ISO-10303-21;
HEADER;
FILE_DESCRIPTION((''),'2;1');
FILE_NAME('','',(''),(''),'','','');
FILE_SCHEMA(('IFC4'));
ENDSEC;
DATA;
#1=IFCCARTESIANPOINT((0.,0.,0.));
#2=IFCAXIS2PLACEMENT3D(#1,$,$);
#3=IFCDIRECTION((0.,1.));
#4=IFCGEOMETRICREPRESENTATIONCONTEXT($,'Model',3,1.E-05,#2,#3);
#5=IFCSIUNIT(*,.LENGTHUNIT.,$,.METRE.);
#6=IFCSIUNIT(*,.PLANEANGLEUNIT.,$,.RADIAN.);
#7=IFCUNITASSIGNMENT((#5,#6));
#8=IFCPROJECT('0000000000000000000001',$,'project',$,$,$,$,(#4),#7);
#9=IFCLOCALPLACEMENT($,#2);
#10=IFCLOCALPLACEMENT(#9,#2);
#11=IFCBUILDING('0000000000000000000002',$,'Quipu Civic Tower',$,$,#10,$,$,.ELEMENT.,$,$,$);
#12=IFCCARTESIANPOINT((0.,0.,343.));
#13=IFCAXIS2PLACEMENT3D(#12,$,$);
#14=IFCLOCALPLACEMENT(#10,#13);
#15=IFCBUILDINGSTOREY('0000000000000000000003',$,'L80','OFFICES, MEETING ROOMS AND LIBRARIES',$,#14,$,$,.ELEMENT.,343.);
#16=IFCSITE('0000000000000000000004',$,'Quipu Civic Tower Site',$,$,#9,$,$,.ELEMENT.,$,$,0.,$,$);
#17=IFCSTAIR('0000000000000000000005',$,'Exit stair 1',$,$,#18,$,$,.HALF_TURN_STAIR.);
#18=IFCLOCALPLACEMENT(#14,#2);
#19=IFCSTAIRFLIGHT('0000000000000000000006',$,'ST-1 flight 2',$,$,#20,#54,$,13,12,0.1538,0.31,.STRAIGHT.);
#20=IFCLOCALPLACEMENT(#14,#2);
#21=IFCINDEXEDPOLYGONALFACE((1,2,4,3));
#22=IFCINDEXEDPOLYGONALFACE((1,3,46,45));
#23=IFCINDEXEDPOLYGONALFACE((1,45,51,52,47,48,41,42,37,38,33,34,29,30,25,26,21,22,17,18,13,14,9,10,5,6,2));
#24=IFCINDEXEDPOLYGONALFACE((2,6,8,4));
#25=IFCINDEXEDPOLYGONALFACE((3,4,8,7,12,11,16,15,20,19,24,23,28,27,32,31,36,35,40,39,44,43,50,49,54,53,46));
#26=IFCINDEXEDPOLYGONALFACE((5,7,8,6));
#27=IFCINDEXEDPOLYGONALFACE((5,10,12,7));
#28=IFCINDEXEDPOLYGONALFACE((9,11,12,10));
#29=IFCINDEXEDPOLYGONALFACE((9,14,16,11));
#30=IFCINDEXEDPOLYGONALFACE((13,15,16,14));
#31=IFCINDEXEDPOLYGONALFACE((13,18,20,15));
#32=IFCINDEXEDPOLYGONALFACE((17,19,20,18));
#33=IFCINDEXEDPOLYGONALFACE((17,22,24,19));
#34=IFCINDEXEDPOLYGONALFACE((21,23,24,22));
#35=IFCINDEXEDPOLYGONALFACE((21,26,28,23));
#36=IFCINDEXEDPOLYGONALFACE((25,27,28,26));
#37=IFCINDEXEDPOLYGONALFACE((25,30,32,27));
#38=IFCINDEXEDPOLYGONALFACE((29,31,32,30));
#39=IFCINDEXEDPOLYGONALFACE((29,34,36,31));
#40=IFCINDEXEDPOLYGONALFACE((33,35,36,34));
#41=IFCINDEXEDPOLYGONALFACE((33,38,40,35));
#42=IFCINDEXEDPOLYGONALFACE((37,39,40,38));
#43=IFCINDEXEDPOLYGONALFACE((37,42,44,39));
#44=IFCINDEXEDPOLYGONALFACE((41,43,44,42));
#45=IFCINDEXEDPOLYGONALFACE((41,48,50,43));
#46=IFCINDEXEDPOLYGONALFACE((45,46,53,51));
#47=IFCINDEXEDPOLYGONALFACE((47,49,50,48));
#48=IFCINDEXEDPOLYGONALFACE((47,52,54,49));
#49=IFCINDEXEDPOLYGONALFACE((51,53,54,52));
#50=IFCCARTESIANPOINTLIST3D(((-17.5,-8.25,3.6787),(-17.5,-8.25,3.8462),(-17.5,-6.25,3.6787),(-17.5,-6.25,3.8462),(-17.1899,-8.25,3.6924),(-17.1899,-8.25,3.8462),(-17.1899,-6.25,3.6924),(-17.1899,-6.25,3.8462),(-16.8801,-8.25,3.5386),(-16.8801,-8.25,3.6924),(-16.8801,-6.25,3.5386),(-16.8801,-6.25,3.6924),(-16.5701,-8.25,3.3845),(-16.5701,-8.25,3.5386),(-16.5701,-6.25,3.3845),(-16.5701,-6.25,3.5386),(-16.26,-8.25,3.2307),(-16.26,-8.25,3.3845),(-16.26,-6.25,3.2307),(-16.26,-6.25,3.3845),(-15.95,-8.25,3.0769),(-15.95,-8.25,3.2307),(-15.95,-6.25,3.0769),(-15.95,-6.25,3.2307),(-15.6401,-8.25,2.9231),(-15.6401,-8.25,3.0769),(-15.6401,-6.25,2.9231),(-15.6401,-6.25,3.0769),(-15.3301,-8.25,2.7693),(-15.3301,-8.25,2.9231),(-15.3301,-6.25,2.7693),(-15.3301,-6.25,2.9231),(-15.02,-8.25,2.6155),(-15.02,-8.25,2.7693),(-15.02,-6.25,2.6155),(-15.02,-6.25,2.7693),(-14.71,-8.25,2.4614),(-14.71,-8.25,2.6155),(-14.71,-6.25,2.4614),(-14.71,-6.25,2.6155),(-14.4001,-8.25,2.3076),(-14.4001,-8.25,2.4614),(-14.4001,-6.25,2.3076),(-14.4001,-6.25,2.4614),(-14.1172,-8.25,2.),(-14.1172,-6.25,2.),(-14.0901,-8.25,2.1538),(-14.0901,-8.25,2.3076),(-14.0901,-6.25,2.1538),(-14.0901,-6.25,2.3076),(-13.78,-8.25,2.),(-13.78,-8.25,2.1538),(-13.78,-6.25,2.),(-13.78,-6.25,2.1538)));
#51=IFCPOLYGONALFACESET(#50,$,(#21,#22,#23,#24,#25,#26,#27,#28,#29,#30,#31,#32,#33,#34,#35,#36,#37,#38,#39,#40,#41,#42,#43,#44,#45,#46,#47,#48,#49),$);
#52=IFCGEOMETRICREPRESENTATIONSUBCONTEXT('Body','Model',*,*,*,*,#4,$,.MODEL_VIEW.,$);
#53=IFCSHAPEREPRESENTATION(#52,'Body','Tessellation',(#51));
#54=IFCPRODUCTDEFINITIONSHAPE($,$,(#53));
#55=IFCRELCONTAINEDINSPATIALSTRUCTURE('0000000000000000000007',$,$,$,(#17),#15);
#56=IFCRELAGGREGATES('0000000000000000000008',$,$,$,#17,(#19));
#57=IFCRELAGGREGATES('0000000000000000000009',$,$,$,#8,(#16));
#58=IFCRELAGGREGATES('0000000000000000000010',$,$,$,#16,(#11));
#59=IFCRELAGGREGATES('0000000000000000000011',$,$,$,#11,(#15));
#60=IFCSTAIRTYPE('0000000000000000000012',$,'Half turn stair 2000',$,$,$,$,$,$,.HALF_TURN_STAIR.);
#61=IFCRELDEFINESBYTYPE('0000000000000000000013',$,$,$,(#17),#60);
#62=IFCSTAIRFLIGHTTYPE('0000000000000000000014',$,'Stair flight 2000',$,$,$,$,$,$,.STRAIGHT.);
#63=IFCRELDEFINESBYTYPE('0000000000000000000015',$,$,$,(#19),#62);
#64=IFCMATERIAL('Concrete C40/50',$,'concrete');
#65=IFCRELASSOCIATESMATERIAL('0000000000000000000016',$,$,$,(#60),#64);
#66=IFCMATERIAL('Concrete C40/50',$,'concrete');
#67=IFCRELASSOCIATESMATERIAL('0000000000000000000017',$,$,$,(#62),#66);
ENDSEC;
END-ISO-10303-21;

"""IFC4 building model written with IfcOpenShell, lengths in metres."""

from ifc_helpers import new_model, si_unit, direction, frame, origin, place, context, subcontext, project, spatial, polyline, outline, extrude, material, type_object, element, aggregate, save


model = new_model("IFC4")

# Units and contexts
model_context = context("Model", 3, precision=1e-05, world=origin(), true_north=direction((0.0, 1.0)))
body_context = subcontext(model_context, "Body", "Model", "MODEL_VIEW")
ifc_project = project(units=[si_unit("LENGTHUNIT", "METRE"), si_unit("PLANEANGLEUNIT", "RADIAN")], contexts=[model_context])

# Site, building, storey
site_placement = place(None, origin())
site = spatial("IfcSite", under=ifc_project, at=site_placement, Name="Quipu Civic Tower Site", CompositionType="ELEMENT", RefElevation=0.0)
building_placement = place(site_placement, origin())
building = spatial("IfcBuilding", under=site, at=building_placement, Name="Quipu Civic Tower", CompositionType="ELEMENT")
storey_placement = place(building_placement, frame((0.0, 0.0, 343.0)))
storey = spatial("IfcBuildingStorey", under=building, at=storey_placement, Name="L80", Description="OFFICES, MEETING ROOMS AND LIBRARIES", CompositionType="ELEMENT", Elevation=343.0)

# Stair, stair flight
ifc_material_1 = material(Name="Concrete C40/50", Category="concrete")
stair_type = type_object("IfcStairType", Name="Half turn stair 2000", PredefinedType="HALF_TURN_STAIR", material=ifc_material_1)
stair_placement = place(storey_placement, origin())
stair = element("IfcStair", 1, at=stair_placement, inside=storey, type_object=stair_type, Name="Exit stair 1", PredefinedType="HALF_TURN_STAIR")
ifc_material_2 = material(Name="Concrete C40/50", Category="concrete")
stair_flight_type = type_object("IfcStairFlightType", Name="Stair flight 2000", PredefinedType="STRAIGHT", material=ifc_material_2)
stair_flight_1_placement = place(storey_placement, frame((-13.78, -7.25, 2.0), z_axis=(0.0, 0.0, 1.0), x_axis=(-1.0, 0.0, 0.0)))
stair_flight_1 = element("IfcStairFlight", 2, at=stair_flight_1_placement, type_object=stair_flight_type, Name="ST-1 flight 2", NumberOfRisers=13, NumberOfTreads=12, PredefinedType="STRAIGHT", RiserHeight=0.1538, TreadLength=0.31, context=body_context, shape_type="SweptSolid", body=[
    extrude(outline(polyline([(0.0, 0.0), (0.0, 0.1538), (0.3101, 0.1538), (0.3101, 0.3076), (0.6201, 0.3076), (0.6201, 0.4614), (0.9299, 0.4614), (0.9299, 0.6155), (1.24, 0.6155), (1.24, 0.7693), (1.55, 0.7693), (1.55, 0.9231), (1.8601, 0.9231), (1.8601, 1.0769), (2.1699, 1.0769), (2.1699, 1.2307), (2.48, 1.2307), (2.48, 1.3845), (2.79, 1.3845), (2.79, 1.5386), (3.1001, 1.5386), (3.1001, 1.6924), (3.4099, 1.6924), (3.4099, 1.8462), (3.72, 1.8462), (3.72, 2.0), (3.72, 1.6787), (0.3372, 0.0), (0.0, 0.0)])), frame((0.0, 1.0, 0.0), z_axis=(0.0, -1.0, 0.0), x_axis=(1.0, 0.0, 0.0)), (0.0, 0.0, 1.0), 2.0),
])
aggregate(stair, [stair_flight_1])

save(model, "model.ifc")
